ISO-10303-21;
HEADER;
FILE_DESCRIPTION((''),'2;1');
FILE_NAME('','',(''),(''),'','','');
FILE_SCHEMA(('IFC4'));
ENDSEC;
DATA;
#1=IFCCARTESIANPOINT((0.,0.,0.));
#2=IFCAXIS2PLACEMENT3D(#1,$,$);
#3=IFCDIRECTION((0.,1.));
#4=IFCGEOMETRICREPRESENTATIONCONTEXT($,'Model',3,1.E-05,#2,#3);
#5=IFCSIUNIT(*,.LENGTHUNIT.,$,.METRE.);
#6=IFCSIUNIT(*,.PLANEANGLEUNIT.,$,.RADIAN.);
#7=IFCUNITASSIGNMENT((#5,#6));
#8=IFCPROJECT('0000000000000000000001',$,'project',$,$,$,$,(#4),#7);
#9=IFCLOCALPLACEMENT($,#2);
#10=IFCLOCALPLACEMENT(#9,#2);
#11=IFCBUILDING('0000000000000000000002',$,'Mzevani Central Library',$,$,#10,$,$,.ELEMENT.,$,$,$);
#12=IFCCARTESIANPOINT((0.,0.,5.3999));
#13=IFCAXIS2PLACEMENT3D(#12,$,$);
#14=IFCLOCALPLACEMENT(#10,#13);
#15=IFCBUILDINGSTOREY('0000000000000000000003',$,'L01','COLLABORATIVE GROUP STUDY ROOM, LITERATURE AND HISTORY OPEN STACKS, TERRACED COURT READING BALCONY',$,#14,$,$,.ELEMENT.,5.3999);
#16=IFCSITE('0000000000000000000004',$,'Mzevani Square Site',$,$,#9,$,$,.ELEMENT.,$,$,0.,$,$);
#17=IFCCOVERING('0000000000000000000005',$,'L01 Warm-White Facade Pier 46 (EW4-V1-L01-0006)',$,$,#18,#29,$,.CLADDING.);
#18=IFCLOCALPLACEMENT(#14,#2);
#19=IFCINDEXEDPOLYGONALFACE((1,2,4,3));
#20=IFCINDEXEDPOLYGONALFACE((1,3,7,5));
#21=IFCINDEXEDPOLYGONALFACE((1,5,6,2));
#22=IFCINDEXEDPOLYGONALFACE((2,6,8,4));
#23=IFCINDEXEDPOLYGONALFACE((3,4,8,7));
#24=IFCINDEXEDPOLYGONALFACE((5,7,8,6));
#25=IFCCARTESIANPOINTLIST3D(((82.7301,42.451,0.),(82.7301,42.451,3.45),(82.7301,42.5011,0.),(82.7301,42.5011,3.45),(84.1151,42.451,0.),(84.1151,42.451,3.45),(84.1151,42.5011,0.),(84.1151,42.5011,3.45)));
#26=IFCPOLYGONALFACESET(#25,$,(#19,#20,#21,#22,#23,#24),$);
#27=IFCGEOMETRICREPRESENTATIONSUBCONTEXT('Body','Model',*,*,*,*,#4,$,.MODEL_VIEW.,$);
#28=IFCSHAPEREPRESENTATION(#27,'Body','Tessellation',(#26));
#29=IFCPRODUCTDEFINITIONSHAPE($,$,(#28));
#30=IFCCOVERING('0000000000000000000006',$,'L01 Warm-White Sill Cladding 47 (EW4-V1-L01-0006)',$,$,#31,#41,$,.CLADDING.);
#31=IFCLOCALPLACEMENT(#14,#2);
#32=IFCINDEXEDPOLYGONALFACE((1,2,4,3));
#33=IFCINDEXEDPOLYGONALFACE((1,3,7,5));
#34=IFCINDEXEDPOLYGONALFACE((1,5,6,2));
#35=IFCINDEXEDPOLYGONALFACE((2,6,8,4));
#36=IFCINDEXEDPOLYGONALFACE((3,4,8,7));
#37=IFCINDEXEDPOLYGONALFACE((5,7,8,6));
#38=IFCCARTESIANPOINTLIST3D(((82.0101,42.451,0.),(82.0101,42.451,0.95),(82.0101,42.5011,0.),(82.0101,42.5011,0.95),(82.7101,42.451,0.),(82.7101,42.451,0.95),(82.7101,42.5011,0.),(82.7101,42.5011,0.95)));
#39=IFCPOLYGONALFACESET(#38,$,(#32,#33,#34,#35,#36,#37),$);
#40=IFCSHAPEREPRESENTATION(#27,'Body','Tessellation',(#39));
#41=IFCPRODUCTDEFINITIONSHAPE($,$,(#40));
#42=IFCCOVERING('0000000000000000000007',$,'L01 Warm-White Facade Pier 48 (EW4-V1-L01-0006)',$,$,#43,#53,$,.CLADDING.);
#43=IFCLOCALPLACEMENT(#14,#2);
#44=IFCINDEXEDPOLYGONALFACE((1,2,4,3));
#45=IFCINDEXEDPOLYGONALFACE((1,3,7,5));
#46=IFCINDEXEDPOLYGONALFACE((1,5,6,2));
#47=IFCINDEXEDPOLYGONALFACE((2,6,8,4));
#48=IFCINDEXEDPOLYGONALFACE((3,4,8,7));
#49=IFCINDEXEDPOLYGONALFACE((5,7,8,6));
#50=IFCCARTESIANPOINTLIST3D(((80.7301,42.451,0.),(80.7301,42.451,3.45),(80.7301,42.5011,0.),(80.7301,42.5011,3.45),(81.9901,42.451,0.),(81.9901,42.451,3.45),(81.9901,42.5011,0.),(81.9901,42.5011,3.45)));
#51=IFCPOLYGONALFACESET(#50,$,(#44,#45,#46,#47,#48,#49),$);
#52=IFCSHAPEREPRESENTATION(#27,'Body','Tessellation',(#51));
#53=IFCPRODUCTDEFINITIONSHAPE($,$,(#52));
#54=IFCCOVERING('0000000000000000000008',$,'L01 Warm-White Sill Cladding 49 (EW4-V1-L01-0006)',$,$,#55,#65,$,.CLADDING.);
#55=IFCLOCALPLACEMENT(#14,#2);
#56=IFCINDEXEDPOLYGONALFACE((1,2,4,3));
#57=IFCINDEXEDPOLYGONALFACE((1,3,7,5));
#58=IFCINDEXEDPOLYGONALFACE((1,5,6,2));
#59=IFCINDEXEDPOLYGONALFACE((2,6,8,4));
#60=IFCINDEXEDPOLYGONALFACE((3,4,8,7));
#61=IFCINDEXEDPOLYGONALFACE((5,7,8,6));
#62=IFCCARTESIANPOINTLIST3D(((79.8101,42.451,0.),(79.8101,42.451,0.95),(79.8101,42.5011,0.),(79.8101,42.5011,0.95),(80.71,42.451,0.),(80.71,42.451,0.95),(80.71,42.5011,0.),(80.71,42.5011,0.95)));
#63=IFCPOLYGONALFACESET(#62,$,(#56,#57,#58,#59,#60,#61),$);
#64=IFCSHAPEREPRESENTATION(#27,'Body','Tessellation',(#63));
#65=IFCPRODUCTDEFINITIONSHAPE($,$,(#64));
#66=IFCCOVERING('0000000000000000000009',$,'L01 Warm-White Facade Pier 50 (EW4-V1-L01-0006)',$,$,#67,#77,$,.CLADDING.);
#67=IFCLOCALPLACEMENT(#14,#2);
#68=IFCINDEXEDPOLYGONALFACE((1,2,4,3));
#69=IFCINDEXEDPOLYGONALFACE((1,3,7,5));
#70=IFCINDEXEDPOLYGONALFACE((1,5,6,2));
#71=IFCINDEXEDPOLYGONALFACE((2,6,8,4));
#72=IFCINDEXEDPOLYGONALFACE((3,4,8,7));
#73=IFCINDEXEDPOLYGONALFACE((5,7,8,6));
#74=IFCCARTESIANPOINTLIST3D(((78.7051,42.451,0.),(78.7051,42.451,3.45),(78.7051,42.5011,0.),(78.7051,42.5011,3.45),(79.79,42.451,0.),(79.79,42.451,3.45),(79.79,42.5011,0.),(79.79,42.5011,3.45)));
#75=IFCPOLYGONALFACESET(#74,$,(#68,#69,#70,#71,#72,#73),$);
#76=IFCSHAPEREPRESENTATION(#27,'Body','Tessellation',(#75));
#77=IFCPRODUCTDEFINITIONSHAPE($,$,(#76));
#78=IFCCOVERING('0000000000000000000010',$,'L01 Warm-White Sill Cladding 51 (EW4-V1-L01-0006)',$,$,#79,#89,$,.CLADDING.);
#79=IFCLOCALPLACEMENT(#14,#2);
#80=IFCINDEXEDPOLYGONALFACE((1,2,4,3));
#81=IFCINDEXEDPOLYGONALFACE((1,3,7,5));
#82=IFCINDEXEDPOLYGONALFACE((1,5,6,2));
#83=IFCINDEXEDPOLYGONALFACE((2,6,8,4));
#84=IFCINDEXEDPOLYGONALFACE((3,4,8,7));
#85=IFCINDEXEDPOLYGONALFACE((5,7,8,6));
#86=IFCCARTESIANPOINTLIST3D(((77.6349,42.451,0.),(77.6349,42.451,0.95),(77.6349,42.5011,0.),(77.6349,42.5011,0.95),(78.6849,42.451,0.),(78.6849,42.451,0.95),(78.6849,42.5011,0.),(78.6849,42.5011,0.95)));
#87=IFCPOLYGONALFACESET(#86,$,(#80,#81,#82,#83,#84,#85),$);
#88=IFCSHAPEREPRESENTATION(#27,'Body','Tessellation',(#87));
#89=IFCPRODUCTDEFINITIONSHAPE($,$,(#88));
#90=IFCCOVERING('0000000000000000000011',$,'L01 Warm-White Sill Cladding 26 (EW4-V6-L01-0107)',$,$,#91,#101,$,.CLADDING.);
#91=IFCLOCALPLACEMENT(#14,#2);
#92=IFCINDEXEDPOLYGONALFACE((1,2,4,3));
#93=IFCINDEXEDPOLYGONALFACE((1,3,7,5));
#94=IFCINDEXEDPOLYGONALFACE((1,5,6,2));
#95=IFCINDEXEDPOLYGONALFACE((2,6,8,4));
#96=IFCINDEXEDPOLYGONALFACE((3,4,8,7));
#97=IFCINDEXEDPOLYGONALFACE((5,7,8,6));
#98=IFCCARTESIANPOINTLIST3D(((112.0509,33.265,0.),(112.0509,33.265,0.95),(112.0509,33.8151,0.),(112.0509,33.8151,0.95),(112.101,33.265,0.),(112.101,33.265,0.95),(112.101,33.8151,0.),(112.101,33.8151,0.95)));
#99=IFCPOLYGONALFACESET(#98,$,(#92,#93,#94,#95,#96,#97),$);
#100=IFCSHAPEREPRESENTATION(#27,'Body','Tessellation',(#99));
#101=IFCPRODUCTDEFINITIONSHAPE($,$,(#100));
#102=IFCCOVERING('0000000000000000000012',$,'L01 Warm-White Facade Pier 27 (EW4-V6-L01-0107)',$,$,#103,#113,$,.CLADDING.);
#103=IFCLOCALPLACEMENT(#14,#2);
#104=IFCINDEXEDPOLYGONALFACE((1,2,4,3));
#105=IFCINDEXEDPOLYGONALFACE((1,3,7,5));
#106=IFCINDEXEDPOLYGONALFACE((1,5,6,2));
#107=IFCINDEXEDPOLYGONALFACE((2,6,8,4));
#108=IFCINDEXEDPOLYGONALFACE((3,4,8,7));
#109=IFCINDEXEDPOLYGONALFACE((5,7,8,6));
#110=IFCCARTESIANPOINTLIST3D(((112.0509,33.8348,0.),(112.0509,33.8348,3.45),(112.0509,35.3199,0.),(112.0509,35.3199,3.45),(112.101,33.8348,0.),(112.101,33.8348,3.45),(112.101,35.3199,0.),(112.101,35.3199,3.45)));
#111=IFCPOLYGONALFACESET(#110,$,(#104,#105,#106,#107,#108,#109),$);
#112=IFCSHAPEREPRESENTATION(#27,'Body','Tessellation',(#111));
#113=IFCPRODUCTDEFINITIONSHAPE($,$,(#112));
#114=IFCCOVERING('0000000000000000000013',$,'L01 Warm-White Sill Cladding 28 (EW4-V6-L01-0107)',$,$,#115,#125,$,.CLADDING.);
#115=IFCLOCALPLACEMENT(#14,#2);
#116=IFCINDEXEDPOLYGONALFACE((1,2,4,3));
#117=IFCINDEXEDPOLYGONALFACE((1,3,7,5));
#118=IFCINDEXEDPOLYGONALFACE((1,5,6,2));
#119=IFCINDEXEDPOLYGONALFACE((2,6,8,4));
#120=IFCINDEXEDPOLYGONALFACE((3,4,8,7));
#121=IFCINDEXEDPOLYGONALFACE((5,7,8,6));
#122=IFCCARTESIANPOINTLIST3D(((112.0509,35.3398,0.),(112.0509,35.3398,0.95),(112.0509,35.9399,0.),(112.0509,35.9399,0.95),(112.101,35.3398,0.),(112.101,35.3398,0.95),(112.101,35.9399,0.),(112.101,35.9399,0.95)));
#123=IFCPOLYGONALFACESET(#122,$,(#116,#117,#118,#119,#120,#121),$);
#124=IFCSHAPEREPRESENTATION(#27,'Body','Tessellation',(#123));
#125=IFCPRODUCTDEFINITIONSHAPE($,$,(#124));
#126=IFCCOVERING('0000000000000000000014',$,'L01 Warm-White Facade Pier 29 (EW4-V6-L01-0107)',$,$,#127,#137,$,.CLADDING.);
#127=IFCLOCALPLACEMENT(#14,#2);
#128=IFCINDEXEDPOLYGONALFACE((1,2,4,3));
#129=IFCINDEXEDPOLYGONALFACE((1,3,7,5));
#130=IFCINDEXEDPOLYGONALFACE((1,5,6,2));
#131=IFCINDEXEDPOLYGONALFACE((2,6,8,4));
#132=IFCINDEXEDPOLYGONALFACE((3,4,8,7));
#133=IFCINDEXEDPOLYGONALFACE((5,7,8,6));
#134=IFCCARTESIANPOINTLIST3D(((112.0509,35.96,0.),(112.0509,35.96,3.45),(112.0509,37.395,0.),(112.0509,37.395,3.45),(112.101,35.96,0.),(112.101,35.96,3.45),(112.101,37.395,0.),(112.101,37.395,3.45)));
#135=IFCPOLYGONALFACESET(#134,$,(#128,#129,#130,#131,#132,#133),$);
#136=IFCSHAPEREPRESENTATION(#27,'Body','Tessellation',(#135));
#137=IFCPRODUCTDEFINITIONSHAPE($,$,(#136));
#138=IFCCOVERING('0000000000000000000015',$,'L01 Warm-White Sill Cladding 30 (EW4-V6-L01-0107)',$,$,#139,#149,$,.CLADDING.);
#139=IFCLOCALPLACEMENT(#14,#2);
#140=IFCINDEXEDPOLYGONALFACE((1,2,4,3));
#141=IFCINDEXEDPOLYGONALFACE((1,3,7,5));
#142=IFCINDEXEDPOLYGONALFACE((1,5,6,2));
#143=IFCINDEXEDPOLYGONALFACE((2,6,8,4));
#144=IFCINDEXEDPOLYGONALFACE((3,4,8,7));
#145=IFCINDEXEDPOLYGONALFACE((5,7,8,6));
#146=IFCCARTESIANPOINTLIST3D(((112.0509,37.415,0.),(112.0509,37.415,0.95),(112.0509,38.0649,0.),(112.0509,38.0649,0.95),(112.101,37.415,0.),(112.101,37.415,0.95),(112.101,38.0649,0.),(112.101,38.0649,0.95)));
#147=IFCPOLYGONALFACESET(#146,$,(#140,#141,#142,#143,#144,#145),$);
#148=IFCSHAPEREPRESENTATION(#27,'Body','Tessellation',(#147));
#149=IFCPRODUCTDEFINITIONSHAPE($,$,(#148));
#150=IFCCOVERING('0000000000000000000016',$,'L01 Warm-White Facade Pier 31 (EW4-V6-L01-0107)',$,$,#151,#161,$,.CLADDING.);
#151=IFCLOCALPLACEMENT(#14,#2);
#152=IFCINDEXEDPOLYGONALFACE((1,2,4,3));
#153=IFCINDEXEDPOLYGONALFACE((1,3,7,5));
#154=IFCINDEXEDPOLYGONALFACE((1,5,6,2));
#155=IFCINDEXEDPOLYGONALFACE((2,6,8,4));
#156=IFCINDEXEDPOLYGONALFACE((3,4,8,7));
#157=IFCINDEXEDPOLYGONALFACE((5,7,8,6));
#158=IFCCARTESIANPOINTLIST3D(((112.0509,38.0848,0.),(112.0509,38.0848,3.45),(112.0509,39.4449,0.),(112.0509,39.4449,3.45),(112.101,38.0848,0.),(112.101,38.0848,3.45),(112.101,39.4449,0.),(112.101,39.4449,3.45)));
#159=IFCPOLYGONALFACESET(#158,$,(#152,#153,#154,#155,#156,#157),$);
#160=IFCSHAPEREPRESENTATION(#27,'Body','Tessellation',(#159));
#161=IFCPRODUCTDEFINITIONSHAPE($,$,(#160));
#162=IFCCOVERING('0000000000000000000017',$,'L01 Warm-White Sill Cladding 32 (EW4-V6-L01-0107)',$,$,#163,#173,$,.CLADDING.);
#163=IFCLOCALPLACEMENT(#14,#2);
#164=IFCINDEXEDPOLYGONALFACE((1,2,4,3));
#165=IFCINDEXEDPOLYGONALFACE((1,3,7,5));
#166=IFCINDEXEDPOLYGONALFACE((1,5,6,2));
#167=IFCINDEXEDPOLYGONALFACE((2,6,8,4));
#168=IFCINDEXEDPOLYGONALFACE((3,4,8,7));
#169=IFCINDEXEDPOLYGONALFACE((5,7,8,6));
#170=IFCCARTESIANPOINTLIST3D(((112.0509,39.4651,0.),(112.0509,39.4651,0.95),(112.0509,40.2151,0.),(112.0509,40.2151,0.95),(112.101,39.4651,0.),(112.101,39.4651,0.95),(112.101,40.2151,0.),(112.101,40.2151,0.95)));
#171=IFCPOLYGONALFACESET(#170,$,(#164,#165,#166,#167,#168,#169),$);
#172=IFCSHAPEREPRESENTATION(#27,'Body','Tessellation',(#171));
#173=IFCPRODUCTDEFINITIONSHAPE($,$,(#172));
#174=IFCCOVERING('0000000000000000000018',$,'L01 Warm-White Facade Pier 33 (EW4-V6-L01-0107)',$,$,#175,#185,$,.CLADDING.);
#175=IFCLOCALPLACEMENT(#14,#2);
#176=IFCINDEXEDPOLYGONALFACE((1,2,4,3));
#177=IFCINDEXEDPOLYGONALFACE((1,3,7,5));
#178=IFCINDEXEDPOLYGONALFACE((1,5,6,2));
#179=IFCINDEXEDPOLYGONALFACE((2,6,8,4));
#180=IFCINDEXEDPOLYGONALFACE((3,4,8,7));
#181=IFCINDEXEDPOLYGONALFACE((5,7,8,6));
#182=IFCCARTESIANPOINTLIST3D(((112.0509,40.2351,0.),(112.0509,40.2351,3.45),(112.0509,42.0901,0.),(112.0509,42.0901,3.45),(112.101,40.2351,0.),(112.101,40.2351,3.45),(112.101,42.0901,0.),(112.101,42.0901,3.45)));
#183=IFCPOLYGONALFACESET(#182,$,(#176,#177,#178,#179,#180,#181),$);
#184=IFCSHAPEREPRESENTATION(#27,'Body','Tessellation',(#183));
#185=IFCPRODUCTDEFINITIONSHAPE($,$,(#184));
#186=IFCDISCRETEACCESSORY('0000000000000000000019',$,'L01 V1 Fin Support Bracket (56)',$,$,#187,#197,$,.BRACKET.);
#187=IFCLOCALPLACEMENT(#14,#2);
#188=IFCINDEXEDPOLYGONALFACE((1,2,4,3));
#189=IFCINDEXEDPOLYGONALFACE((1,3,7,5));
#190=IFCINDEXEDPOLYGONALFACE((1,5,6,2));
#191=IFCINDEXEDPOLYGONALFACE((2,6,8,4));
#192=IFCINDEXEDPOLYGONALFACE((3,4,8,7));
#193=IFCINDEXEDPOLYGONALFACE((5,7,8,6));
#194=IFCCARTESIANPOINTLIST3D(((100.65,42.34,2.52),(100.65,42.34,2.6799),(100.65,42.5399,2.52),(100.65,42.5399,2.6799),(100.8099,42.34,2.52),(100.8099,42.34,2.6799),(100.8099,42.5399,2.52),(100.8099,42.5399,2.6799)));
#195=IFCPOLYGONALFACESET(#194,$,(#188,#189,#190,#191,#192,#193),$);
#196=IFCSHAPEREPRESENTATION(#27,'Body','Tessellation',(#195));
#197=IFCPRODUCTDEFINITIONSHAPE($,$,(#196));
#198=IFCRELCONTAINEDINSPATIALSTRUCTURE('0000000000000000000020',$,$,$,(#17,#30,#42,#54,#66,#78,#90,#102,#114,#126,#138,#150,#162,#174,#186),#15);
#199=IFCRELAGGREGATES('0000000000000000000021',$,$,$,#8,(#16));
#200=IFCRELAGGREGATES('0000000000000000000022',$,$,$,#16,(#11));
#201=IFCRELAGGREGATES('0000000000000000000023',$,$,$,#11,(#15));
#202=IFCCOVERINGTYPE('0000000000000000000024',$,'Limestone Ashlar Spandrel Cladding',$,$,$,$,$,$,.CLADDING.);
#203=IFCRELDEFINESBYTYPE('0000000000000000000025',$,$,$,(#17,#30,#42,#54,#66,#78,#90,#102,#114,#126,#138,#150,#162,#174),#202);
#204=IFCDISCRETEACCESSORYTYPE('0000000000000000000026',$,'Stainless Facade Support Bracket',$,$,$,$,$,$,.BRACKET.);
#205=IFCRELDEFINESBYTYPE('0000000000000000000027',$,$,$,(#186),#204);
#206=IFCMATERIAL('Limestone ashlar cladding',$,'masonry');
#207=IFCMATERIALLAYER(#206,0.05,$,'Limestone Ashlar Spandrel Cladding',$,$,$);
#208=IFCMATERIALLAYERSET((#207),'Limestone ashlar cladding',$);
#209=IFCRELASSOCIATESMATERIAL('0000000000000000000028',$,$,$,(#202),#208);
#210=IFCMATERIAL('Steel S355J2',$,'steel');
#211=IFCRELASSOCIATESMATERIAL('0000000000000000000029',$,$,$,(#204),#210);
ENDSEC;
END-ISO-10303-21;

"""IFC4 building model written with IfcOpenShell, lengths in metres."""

from ifc_helpers import new_model, si_unit, direction, frame, origin, origin_2d, place, context, subcontext, project, spatial, rectangle, extrude, material, layer, layer_set, type_object, element, save


model = new_model("IFC4")

# Units and contexts
model_context = context("Model", 3, precision=1e-05, world=origin(), true_north=direction((0.0, 1.0)))
body_context = subcontext(model_context, "Body", "Model", "MODEL_VIEW")
ifc_project = project(units=[si_unit("LENGTHUNIT", "METRE"), si_unit("PLANEANGLEUNIT", "RADIAN")], contexts=[model_context])

# Site, building, storey
site_placement = place(None, origin())
site = spatial("IfcSite", under=ifc_project, at=site_placement, Name="Mzevani Square Site", CompositionType="ELEMENT", RefElevation=0.0)
building_placement = place(site_placement, origin())
building = spatial("IfcBuilding", under=site, at=building_placement, Name="Mzevani Central Library", CompositionType="ELEMENT")
storey_placement = place(building_placement, frame((0.0, 0.0, 5.3999)))
storey = spatial("IfcBuildingStorey", under=building, at=storey_placement, Name="L01", Description="COLLABORATIVE GROUP STUDY ROOM, LITERATURE AND HISTORY OPEN STACKS, TERRACED COURT READING BALCONY", CompositionType="ELEMENT", Elevation=5.3999)

# Coverings
ifc_material_1 = material(Name="Limestone ashlar cladding", Category="masonry")
ifc_layer_1 = layer(ifc_material_1, 0.05, Name="Limestone Ashlar Spandrel Cladding")
ifc_layer_set_1 = layer_set([ifc_layer_1], Name="Limestone ashlar cladding")
covering_type = type_object("IfcCoveringType", Name="Limestone Ashlar Spandrel Cladding", PredefinedType="CLADDING", material=ifc_layer_set_1)
covering_1_placement = place(storey_placement, frame((83.4226, 42.4761, 0.0), z_axis=(0.0, 0.0, 1.0), x_axis=(-1.0, 0.0, 0.0)))
element("IfcCovering", 1, at=covering_1_placement, inside=storey, type_object=covering_type, Name="L01 Warm-White Facade Pier 46 (EW4-V1-L01-0006)", PredefinedType="CLADDING", context=body_context, shape_type="SweptSolid", body=[
    extrude(rectangle(XDim=1.385, YDim=0.05, at=origin_2d()), origin(), (0.0, 0.0, 1.0), 3.45),
])
covering_2_placement = place(storey_placement, frame((82.3601, 42.4761, 0.0), z_axis=(0.0, 0.0, 1.0), x_axis=(-1.0, 0.0, 0.0)))
element("IfcCovering", 2, at=covering_2_placement, inside=storey, type_object=covering_type, Name="L01 Warm-White Sill Cladding 47 (EW4-V1-L01-0006)", PredefinedType="CLADDING", context=body_context, shape_type="SweptSolid", body=[
    extrude(rectangle(XDim=0.7, YDim=0.05, at=origin_2d()), origin(), (0.0, 0.0, 1.0), 0.95),
])
covering_3_placement = place(storey_placement, frame((81.3601, 42.4761, 0.0), z_axis=(0.0, 0.0, 1.0), x_axis=(-1.0, 0.0, 0.0)))
element("IfcCovering", 3, at=covering_3_placement, inside=storey, type_object=covering_type, Name="L01 Warm-White Facade Pier 48 (EW4-V1-L01-0006)", PredefinedType="CLADDING", context=body_context, shape_type="SweptSolid", body=[
    extrude(rectangle(XDim=1.26, YDim=0.05, at=origin_2d()), origin(), (0.0, 0.0, 1.0), 3.45),
])
covering_4_placement = place(storey_placement, frame((80.26, 42.4761, 0.0), z_axis=(0.0, 0.0, 1.0), x_axis=(-1.0, 0.0, 0.0)))
element("IfcCovering", 4, at=covering_4_placement, inside=storey, type_object=covering_type, Name="L01 Warm-White Sill Cladding 49 (EW4-V1-L01-0006)", PredefinedType="CLADDING", context=body_context, shape_type="SweptSolid", body=[
    extrude(rectangle(XDim=0.8999, YDim=0.05, at=origin_2d()), origin(), (0.0, 0.0, 1.0), 0.95),
])
covering_5_placement = place(storey_placement, frame((79.2476, 42.4761, 0.0), z_axis=(0.0, 0.0, 1.0), x_axis=(-1.0, 0.0, 0.0)))
element("IfcCovering", 5, at=covering_5_placement, inside=storey, type_object=covering_type, Name="L01 Warm-White Facade Pier 50 (EW4-V1-L01-0006)", PredefinedType="CLADDING", context=body_context, shape_type="SweptSolid", body=[
    extrude(rectangle(XDim=1.085, YDim=0.05, at=origin_2d()), origin(), (0.0, 0.0, 1.0), 3.45),
])
covering_6_placement = place(storey_placement, frame((78.1599, 42.4761, 0.0), z_axis=(0.0, 0.0, 1.0), x_axis=(-1.0, 0.0, 0.0)))
element("IfcCovering", 6, at=covering_6_placement, inside=storey, type_object=covering_type, Name="L01 Warm-White Sill Cladding 51 (EW4-V1-L01-0006)", PredefinedType="CLADDING", context=body_context, shape_type="SweptSolid", body=[
    extrude(rectangle(XDim=1.05, YDim=0.05, at=origin_2d()), origin(), (0.0, 0.0, 1.0), 0.95),
])
covering_7_placement = place(storey_placement, frame((112.0759, 33.54, 0.0), z_axis=(0.0, 0.0, 1.0), x_axis=(0.0, 1.0, 0.0)))
element("IfcCovering", 7, at=covering_7_placement, inside=storey, type_object=covering_type, Name="L01 Warm-White Sill Cladding 26 (EW4-V6-L01-0107)", PredefinedType="CLADDING", context=body_context, shape_type="SweptSolid", body=[
    extrude(rectangle(XDim=0.55, YDim=0.05, at=origin_2d()), origin(), (0.0, 0.0, 1.0), 0.95),
])
covering_8_placement = place(storey_placement, frame((112.0759, 34.5774, 0.0), z_axis=(0.0, 0.0, 1.0), x_axis=(0.0, 1.0, 0.0)))
element("IfcCovering", 8, at=covering_8_placement, inside=storey, type_object=covering_type, Name="L01 Warm-White Facade Pier 27 (EW4-V6-L01-0107)", PredefinedType="CLADDING", context=body_context, shape_type="SweptSolid", body=[
    extrude(rectangle(XDim=1.4851, YDim=0.05, at=origin_2d()), origin(), (0.0, 0.0, 1.0), 3.45),
])
covering_9_placement = place(storey_placement, frame((112.0759, 35.6399, 0.0), z_axis=(0.0, 0.0, 1.0), x_axis=(0.0, 1.0, 0.0)))
element("IfcCovering", 9, at=covering_9_placement, inside=storey, type_object=covering_type, Name="L01 Warm-White Sill Cladding 28 (EW4-V6-L01-0107)", PredefinedType="CLADDING", context=body_context, shape_type="SweptSolid", body=[
    extrude(rectangle(XDim=0.6001, YDim=0.05, at=origin_2d()), origin(), (0.0, 0.0, 1.0), 0.95),
])
covering_10_placement = place(storey_placement, frame((112.0759, 36.6775, 0.0), z_axis=(0.0, 0.0, 1.0), x_axis=(0.0, 1.0, 0.0)))
element("IfcCovering", 10, at=covering_10_placement, inside=storey, type_object=covering_type, Name="L01 Warm-White Facade Pier 29 (EW4-V6-L01-0107)", PredefinedType="CLADDING", context=body_context, shape_type="SweptSolid", body=[
    extrude(rectangle(XDim=1.4351, YDim=0.05, at=origin_2d()), origin(), (0.0, 0.0, 1.0), 3.45),
])
covering_11_placement = place(storey_placement, frame((112.0759, 37.74, 0.0), z_axis=(0.0, 0.0, 1.0), x_axis=(0.0, 1.0, 0.0)))
element("IfcCovering", 11, at=covering_11_placement, inside=storey, type_object=covering_type, Name="L01 Warm-White Sill Cladding 30 (EW4-V6-L01-0107)", PredefinedType="CLADDING", context=body_context, shape_type="SweptSolid", body=[
    extrude(rectangle(XDim=0.6499, YDim=0.05, at=origin_2d()), origin(), (0.0, 0.0, 1.0), 0.95),
])
covering_12_placement = place(storey_placement, frame((112.0759, 38.7649, 0.0), z_axis=(0.0, 0.0, 1.0), x_axis=(0.0, 1.0, 0.0)))
element("IfcCovering", 12, at=covering_12_placement, inside=storey, type_object=covering_type, Name="L01 Warm-White Facade Pier 31 (EW4-V6-L01-0107)", PredefinedType="CLADDING", context=body_context, shape_type="SweptSolid", body=[
    extrude(rectangle(XDim=1.3601, YDim=0.05, at=origin_2d()), origin(), (0.0, 0.0, 1.0), 3.45),
])
covering_13_placement = place(storey_placement, frame((112.0759, 39.8401, 0.0), z_axis=(0.0, 0.0, 1.0), x_axis=(0.0, 1.0, 0.0)))
element("IfcCovering", 13, at=covering_13_placement, inside=storey, type_object=covering_type, Name="L01 Warm-White Sill Cladding 32 (EW4-V6-L01-0107)", PredefinedType="CLADDING", context=body_context, shape_type="SweptSolid", body=[
    extrude(rectangle(XDim=0.75, YDim=0.05, at=origin_2d()), origin(), (0.0, 0.0, 1.0), 0.95),
])
covering_14_placement = place(storey_placement, frame((112.0759, 41.1626, 0.0), z_axis=(0.0, 0.0, 1.0), x_axis=(0.0, 1.0, 0.0)))
element("IfcCovering", 14, at=covering_14_placement, inside=storey, type_object=covering_type, Name="L01 Warm-White Facade Pier 33 (EW4-V6-L01-0107)", PredefinedType="CLADDING", context=body_context, shape_type="SweptSolid", body=[
    extrude(rectangle(XDim=1.855, YDim=0.05, at=origin_2d()), origin(), (0.0, 0.0, 1.0), 3.45),
])

# Discrete accessory
ifc_material_2 = material(Name="Steel S355J2", Category="steel")
discrete_accessory_type = type_object("IfcDiscreteAccessoryType", Name="Stainless Facade Support Bracket", PredefinedType="BRACKET", material=ifc_material_2)
for number, where, z_axis, x_axis, name in (
    (15, (100.73, 42.4399, 2.52), (0.0, 0.0, 1.0), (-1.0, 0.0, 0.0), "L01 V1 Fin Support Bracket (56)"),
):
    element("IfcDiscreteAccessory", number, at=place(storey_placement, frame(where, z_axis=z_axis, x_axis=x_axis)), inside=storey, type_object=discrete_accessory_type, Name=name, PredefinedType="BRACKET", context=body_context, shape_type="SweptSolid", body=[
        extrude(rectangle(XDim=0.1599, YDim=0.2, at=origin_2d()), origin(), (0.0, 0.0, 1.0), 0.1599),
    ])

save(model, "model.ifc")
